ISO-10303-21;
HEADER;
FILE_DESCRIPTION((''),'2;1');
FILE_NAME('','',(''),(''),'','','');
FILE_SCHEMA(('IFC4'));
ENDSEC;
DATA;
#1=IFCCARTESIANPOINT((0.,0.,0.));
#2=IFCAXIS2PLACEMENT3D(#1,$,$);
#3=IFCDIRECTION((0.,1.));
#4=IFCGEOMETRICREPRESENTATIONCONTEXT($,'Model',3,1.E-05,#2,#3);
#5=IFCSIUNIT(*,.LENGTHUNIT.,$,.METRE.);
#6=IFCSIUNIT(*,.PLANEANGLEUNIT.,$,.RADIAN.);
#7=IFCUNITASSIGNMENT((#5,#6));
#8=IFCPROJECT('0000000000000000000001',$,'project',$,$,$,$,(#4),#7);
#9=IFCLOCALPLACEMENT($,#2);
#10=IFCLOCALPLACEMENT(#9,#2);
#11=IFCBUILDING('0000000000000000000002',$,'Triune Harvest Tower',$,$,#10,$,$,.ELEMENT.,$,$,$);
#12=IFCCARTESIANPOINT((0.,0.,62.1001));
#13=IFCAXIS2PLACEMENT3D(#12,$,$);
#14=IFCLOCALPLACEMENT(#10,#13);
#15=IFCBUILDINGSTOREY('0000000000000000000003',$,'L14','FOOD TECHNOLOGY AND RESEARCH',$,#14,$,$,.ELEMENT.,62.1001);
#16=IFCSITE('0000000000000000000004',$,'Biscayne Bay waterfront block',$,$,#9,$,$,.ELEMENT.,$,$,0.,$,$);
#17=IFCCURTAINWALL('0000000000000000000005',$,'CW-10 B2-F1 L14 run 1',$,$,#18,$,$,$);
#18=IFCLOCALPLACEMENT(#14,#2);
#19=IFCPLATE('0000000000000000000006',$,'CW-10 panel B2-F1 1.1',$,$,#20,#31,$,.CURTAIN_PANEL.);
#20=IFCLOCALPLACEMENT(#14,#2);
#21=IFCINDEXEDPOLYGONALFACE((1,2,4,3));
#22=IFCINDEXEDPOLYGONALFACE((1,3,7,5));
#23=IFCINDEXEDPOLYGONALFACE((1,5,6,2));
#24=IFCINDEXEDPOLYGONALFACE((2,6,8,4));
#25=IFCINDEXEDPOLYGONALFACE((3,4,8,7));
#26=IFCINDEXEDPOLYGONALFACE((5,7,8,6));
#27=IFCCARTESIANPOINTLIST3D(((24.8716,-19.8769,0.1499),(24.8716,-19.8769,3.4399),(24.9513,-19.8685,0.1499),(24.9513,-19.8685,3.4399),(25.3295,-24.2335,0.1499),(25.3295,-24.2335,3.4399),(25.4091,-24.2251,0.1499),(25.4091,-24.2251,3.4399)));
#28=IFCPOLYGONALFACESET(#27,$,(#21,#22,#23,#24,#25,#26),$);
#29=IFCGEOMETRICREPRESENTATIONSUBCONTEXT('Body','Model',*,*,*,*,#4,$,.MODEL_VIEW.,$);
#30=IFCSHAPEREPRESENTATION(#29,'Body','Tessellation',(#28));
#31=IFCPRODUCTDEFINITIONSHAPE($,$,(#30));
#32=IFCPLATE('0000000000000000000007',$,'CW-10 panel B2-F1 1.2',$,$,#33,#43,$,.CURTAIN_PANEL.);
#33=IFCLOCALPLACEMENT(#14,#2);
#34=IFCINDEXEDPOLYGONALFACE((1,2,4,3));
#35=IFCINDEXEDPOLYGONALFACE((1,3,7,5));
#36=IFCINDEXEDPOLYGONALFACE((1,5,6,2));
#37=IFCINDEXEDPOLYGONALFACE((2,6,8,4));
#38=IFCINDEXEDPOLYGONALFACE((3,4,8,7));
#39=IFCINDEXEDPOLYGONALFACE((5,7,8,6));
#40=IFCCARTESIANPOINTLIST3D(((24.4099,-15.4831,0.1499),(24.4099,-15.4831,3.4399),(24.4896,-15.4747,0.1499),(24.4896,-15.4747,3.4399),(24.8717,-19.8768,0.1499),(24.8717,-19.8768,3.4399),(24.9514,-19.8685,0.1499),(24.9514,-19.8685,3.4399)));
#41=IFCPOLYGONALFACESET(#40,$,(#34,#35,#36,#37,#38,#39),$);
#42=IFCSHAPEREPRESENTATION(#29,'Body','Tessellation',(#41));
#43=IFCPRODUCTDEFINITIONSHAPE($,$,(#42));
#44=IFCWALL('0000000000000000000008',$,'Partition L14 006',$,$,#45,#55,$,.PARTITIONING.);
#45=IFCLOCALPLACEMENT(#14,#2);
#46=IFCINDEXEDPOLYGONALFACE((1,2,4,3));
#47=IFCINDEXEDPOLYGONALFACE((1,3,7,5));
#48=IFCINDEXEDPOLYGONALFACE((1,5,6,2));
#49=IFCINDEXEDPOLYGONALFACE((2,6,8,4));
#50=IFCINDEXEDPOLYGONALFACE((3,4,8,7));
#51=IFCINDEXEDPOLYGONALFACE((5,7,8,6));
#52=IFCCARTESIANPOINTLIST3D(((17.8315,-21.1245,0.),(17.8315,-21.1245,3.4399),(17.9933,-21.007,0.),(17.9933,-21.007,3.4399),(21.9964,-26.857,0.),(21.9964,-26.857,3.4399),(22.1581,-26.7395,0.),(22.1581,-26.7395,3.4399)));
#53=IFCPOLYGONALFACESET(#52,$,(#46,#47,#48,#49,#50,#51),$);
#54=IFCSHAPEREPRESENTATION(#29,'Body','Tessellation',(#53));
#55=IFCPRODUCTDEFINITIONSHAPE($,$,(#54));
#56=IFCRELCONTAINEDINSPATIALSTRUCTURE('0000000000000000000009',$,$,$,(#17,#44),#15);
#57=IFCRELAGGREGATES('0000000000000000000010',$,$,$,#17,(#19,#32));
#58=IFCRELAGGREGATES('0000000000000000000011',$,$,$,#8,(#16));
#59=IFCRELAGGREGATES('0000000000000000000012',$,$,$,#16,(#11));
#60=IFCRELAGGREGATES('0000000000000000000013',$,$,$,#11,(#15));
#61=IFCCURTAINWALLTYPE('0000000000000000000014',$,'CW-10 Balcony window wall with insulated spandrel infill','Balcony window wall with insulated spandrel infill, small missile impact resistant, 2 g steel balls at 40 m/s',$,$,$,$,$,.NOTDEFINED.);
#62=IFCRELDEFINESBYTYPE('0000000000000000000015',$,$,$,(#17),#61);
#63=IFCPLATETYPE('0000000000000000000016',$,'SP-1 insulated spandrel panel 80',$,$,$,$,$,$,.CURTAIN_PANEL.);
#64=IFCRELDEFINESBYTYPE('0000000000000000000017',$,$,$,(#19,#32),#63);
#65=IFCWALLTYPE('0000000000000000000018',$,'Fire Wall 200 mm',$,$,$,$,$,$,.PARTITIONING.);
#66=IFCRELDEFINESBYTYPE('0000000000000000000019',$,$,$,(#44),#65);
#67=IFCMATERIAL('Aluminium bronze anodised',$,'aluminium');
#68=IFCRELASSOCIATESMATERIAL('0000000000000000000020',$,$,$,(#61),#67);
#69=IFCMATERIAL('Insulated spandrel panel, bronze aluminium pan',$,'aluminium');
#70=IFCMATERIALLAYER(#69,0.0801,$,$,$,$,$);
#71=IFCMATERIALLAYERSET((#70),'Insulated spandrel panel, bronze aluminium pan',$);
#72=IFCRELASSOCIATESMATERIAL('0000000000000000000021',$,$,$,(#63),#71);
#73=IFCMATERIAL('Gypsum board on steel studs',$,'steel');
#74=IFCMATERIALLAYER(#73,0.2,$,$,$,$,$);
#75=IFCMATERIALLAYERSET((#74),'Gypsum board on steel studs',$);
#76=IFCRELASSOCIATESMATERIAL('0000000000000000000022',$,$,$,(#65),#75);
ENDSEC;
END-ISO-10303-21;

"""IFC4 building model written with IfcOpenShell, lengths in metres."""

from ifc_helpers import new_model, si_unit, direction, frame, frame_2d, origin, origin_2d, place, context, subcontext, project, spatial, rectangle, extrude, source, transform, mapped, material, layer, layer_set, type_object, element, aggregate, save


model = new_model("IFC4")

# Units and contexts
model_context = context("Model", 3, precision=1e-05, world=origin(), true_north=direction((0.0, 1.0)))
body_context = subcontext(model_context, "Body", "Model", "MODEL_VIEW")
ifc_project = project(units=[si_unit("LENGTHUNIT", "METRE"), si_unit("PLANEANGLEUNIT", "RADIAN")], contexts=[model_context])

# Site, building, storey
site_placement = place(None, origin())
site = spatial("IfcSite", under=ifc_project, at=site_placement, Name="Biscayne Bay waterfront block", CompositionType="ELEMENT", RefElevation=0.0)
building_placement = place(site_placement, origin())
building = spatial("IfcBuilding", under=site, at=building_placement, Name="Triune Harvest Tower", CompositionType="ELEMENT")
storey_placement = place(building_placement, frame((0.0, 0.0, 62.1001)))
storey = spatial("IfcBuildingStorey", under=building, at=storey_placement, Name="L14", Description="FOOD TECHNOLOGY AND RESEARCH", CompositionType="ELEMENT", Elevation=62.1001)

# Curtain wall
ifc_material_1 = material(Name="Aluminium bronze anodised", Category="aluminium")
curtain_wall_type_1 = type_object("IfcCurtainWallType", Name="CW-10 Balcony window wall with insulated spandrel infill", Description="Balcony window wall with insulated spandrel infill, small missile impact resistant, 2 g steel balls at 40 m/s", PredefinedType="NOTDEFINED", material=ifc_material_1)
curtain_wall_1_placement = place(storey_placement, origin())
curtain_wall_1 = element("IfcCurtainWall", 1, at=curtain_wall_1_placement, inside=storey, type_object=curtain_wall_type_1, Name="CW-10 B2-F1 L14 run 1")

# Plates
ifc_material_2 = material(Name="Insulated spandrel panel, bronze aluminium pan", Category="aluminium")
ifc_layer_1 = layer(ifc_material_2, 0.0801)
ifc_layer_set_1 = layer_set([ifc_layer_1], Name="Insulated spandrel panel, bronze aluminium pan")
plate_type_1 = type_object("IfcPlateType", Name="SP-1 insulated spandrel panel 80", PredefinedType="CURTAIN_PANEL", material=ifc_layer_set_1)
shared_shape_1 = source(origin(), body_context, "Body", "SweptSolid", [
    extrude(rectangle(XDim=4.3806, YDim=0.0801, at=origin_2d()), origin(), (0.0, 0.0, 1.0), 3.29),
])
plate_1_placement = place(storey_placement, frame((25.1404, -22.051, 0.1499), z_axis=(0.0, 0.0, 1.0), x_axis=(-0.104528, 0.994522, 0.0)))
plate_1 = element("IfcPlate", 2, at=plate_1_placement, type_object=plate_type_1, Name="CW-10 panel B2-F1 1.1", PredefinedType="CURTAIN_PANEL", context=body_context, shape_type="MappedRepresentation", body=[
    mapped(shared_shape_1, transform((0.0, 0.0, 0.0), scale=1.0)),
])
shared_shape_2 = source(origin(), body_context, "Body", "SweptSolid", [
    extrude(rectangle(XDim=4.418, YDim=0.0801, at=origin_2d()), origin(), (0.0, 0.0, 1.0), 3.29),
])
plate_2_placement = place(storey_placement, frame((24.6807, -17.6758, 0.1499), z_axis=(0.0, 0.0, 1.0), x_axis=(-0.104528, 0.994522, 0.0)))
plate_2 = element("IfcPlate", 3, at=plate_2_placement, type_object=plate_type_1, Name="CW-10 panel B2-F1 1.2", PredefinedType="CURTAIN_PANEL", context=body_context, shape_type="MappedRepresentation", body=[
    mapped(shared_shape_2, transform((0.0, 0.0, 0.0), scale=1.0)),
])
aggregate(curtain_wall_1, [plate_1, plate_2])

# Wall
ifc_material_3 = material(Name="Gypsum board on steel studs", Category="steel")
ifc_layer_2 = layer(ifc_material_3, 0.2)
ifc_layer_set_2 = layer_set([ifc_layer_2], Name="Gypsum board on steel studs")
wall_type = type_object("IfcWallType", Name="Fire Wall 200 mm", PredefinedType="PARTITIONING", material=ifc_layer_set_2)
wall_placement = place(storey_placement, frame((17.9124, -21.0657, 0.0), z_axis=(0.0, 0.0, 1.0), x_axis=(0.58778, -0.809021, 0.0)))
element("IfcWall", 4, at=wall_placement, inside=storey, type_object=wall_type, Name="Partition L14 006", PredefinedType="PARTITIONING", context=body_context, shape_type="SweptSolid", body=[
    extrude(rectangle(XDim=7.0857, YDim=0.2, at=frame_2d((3.543, 0.0))), origin(), (0.0, 0.0, 1.0), 3.4399),
])

save(model, "model.ifc")
